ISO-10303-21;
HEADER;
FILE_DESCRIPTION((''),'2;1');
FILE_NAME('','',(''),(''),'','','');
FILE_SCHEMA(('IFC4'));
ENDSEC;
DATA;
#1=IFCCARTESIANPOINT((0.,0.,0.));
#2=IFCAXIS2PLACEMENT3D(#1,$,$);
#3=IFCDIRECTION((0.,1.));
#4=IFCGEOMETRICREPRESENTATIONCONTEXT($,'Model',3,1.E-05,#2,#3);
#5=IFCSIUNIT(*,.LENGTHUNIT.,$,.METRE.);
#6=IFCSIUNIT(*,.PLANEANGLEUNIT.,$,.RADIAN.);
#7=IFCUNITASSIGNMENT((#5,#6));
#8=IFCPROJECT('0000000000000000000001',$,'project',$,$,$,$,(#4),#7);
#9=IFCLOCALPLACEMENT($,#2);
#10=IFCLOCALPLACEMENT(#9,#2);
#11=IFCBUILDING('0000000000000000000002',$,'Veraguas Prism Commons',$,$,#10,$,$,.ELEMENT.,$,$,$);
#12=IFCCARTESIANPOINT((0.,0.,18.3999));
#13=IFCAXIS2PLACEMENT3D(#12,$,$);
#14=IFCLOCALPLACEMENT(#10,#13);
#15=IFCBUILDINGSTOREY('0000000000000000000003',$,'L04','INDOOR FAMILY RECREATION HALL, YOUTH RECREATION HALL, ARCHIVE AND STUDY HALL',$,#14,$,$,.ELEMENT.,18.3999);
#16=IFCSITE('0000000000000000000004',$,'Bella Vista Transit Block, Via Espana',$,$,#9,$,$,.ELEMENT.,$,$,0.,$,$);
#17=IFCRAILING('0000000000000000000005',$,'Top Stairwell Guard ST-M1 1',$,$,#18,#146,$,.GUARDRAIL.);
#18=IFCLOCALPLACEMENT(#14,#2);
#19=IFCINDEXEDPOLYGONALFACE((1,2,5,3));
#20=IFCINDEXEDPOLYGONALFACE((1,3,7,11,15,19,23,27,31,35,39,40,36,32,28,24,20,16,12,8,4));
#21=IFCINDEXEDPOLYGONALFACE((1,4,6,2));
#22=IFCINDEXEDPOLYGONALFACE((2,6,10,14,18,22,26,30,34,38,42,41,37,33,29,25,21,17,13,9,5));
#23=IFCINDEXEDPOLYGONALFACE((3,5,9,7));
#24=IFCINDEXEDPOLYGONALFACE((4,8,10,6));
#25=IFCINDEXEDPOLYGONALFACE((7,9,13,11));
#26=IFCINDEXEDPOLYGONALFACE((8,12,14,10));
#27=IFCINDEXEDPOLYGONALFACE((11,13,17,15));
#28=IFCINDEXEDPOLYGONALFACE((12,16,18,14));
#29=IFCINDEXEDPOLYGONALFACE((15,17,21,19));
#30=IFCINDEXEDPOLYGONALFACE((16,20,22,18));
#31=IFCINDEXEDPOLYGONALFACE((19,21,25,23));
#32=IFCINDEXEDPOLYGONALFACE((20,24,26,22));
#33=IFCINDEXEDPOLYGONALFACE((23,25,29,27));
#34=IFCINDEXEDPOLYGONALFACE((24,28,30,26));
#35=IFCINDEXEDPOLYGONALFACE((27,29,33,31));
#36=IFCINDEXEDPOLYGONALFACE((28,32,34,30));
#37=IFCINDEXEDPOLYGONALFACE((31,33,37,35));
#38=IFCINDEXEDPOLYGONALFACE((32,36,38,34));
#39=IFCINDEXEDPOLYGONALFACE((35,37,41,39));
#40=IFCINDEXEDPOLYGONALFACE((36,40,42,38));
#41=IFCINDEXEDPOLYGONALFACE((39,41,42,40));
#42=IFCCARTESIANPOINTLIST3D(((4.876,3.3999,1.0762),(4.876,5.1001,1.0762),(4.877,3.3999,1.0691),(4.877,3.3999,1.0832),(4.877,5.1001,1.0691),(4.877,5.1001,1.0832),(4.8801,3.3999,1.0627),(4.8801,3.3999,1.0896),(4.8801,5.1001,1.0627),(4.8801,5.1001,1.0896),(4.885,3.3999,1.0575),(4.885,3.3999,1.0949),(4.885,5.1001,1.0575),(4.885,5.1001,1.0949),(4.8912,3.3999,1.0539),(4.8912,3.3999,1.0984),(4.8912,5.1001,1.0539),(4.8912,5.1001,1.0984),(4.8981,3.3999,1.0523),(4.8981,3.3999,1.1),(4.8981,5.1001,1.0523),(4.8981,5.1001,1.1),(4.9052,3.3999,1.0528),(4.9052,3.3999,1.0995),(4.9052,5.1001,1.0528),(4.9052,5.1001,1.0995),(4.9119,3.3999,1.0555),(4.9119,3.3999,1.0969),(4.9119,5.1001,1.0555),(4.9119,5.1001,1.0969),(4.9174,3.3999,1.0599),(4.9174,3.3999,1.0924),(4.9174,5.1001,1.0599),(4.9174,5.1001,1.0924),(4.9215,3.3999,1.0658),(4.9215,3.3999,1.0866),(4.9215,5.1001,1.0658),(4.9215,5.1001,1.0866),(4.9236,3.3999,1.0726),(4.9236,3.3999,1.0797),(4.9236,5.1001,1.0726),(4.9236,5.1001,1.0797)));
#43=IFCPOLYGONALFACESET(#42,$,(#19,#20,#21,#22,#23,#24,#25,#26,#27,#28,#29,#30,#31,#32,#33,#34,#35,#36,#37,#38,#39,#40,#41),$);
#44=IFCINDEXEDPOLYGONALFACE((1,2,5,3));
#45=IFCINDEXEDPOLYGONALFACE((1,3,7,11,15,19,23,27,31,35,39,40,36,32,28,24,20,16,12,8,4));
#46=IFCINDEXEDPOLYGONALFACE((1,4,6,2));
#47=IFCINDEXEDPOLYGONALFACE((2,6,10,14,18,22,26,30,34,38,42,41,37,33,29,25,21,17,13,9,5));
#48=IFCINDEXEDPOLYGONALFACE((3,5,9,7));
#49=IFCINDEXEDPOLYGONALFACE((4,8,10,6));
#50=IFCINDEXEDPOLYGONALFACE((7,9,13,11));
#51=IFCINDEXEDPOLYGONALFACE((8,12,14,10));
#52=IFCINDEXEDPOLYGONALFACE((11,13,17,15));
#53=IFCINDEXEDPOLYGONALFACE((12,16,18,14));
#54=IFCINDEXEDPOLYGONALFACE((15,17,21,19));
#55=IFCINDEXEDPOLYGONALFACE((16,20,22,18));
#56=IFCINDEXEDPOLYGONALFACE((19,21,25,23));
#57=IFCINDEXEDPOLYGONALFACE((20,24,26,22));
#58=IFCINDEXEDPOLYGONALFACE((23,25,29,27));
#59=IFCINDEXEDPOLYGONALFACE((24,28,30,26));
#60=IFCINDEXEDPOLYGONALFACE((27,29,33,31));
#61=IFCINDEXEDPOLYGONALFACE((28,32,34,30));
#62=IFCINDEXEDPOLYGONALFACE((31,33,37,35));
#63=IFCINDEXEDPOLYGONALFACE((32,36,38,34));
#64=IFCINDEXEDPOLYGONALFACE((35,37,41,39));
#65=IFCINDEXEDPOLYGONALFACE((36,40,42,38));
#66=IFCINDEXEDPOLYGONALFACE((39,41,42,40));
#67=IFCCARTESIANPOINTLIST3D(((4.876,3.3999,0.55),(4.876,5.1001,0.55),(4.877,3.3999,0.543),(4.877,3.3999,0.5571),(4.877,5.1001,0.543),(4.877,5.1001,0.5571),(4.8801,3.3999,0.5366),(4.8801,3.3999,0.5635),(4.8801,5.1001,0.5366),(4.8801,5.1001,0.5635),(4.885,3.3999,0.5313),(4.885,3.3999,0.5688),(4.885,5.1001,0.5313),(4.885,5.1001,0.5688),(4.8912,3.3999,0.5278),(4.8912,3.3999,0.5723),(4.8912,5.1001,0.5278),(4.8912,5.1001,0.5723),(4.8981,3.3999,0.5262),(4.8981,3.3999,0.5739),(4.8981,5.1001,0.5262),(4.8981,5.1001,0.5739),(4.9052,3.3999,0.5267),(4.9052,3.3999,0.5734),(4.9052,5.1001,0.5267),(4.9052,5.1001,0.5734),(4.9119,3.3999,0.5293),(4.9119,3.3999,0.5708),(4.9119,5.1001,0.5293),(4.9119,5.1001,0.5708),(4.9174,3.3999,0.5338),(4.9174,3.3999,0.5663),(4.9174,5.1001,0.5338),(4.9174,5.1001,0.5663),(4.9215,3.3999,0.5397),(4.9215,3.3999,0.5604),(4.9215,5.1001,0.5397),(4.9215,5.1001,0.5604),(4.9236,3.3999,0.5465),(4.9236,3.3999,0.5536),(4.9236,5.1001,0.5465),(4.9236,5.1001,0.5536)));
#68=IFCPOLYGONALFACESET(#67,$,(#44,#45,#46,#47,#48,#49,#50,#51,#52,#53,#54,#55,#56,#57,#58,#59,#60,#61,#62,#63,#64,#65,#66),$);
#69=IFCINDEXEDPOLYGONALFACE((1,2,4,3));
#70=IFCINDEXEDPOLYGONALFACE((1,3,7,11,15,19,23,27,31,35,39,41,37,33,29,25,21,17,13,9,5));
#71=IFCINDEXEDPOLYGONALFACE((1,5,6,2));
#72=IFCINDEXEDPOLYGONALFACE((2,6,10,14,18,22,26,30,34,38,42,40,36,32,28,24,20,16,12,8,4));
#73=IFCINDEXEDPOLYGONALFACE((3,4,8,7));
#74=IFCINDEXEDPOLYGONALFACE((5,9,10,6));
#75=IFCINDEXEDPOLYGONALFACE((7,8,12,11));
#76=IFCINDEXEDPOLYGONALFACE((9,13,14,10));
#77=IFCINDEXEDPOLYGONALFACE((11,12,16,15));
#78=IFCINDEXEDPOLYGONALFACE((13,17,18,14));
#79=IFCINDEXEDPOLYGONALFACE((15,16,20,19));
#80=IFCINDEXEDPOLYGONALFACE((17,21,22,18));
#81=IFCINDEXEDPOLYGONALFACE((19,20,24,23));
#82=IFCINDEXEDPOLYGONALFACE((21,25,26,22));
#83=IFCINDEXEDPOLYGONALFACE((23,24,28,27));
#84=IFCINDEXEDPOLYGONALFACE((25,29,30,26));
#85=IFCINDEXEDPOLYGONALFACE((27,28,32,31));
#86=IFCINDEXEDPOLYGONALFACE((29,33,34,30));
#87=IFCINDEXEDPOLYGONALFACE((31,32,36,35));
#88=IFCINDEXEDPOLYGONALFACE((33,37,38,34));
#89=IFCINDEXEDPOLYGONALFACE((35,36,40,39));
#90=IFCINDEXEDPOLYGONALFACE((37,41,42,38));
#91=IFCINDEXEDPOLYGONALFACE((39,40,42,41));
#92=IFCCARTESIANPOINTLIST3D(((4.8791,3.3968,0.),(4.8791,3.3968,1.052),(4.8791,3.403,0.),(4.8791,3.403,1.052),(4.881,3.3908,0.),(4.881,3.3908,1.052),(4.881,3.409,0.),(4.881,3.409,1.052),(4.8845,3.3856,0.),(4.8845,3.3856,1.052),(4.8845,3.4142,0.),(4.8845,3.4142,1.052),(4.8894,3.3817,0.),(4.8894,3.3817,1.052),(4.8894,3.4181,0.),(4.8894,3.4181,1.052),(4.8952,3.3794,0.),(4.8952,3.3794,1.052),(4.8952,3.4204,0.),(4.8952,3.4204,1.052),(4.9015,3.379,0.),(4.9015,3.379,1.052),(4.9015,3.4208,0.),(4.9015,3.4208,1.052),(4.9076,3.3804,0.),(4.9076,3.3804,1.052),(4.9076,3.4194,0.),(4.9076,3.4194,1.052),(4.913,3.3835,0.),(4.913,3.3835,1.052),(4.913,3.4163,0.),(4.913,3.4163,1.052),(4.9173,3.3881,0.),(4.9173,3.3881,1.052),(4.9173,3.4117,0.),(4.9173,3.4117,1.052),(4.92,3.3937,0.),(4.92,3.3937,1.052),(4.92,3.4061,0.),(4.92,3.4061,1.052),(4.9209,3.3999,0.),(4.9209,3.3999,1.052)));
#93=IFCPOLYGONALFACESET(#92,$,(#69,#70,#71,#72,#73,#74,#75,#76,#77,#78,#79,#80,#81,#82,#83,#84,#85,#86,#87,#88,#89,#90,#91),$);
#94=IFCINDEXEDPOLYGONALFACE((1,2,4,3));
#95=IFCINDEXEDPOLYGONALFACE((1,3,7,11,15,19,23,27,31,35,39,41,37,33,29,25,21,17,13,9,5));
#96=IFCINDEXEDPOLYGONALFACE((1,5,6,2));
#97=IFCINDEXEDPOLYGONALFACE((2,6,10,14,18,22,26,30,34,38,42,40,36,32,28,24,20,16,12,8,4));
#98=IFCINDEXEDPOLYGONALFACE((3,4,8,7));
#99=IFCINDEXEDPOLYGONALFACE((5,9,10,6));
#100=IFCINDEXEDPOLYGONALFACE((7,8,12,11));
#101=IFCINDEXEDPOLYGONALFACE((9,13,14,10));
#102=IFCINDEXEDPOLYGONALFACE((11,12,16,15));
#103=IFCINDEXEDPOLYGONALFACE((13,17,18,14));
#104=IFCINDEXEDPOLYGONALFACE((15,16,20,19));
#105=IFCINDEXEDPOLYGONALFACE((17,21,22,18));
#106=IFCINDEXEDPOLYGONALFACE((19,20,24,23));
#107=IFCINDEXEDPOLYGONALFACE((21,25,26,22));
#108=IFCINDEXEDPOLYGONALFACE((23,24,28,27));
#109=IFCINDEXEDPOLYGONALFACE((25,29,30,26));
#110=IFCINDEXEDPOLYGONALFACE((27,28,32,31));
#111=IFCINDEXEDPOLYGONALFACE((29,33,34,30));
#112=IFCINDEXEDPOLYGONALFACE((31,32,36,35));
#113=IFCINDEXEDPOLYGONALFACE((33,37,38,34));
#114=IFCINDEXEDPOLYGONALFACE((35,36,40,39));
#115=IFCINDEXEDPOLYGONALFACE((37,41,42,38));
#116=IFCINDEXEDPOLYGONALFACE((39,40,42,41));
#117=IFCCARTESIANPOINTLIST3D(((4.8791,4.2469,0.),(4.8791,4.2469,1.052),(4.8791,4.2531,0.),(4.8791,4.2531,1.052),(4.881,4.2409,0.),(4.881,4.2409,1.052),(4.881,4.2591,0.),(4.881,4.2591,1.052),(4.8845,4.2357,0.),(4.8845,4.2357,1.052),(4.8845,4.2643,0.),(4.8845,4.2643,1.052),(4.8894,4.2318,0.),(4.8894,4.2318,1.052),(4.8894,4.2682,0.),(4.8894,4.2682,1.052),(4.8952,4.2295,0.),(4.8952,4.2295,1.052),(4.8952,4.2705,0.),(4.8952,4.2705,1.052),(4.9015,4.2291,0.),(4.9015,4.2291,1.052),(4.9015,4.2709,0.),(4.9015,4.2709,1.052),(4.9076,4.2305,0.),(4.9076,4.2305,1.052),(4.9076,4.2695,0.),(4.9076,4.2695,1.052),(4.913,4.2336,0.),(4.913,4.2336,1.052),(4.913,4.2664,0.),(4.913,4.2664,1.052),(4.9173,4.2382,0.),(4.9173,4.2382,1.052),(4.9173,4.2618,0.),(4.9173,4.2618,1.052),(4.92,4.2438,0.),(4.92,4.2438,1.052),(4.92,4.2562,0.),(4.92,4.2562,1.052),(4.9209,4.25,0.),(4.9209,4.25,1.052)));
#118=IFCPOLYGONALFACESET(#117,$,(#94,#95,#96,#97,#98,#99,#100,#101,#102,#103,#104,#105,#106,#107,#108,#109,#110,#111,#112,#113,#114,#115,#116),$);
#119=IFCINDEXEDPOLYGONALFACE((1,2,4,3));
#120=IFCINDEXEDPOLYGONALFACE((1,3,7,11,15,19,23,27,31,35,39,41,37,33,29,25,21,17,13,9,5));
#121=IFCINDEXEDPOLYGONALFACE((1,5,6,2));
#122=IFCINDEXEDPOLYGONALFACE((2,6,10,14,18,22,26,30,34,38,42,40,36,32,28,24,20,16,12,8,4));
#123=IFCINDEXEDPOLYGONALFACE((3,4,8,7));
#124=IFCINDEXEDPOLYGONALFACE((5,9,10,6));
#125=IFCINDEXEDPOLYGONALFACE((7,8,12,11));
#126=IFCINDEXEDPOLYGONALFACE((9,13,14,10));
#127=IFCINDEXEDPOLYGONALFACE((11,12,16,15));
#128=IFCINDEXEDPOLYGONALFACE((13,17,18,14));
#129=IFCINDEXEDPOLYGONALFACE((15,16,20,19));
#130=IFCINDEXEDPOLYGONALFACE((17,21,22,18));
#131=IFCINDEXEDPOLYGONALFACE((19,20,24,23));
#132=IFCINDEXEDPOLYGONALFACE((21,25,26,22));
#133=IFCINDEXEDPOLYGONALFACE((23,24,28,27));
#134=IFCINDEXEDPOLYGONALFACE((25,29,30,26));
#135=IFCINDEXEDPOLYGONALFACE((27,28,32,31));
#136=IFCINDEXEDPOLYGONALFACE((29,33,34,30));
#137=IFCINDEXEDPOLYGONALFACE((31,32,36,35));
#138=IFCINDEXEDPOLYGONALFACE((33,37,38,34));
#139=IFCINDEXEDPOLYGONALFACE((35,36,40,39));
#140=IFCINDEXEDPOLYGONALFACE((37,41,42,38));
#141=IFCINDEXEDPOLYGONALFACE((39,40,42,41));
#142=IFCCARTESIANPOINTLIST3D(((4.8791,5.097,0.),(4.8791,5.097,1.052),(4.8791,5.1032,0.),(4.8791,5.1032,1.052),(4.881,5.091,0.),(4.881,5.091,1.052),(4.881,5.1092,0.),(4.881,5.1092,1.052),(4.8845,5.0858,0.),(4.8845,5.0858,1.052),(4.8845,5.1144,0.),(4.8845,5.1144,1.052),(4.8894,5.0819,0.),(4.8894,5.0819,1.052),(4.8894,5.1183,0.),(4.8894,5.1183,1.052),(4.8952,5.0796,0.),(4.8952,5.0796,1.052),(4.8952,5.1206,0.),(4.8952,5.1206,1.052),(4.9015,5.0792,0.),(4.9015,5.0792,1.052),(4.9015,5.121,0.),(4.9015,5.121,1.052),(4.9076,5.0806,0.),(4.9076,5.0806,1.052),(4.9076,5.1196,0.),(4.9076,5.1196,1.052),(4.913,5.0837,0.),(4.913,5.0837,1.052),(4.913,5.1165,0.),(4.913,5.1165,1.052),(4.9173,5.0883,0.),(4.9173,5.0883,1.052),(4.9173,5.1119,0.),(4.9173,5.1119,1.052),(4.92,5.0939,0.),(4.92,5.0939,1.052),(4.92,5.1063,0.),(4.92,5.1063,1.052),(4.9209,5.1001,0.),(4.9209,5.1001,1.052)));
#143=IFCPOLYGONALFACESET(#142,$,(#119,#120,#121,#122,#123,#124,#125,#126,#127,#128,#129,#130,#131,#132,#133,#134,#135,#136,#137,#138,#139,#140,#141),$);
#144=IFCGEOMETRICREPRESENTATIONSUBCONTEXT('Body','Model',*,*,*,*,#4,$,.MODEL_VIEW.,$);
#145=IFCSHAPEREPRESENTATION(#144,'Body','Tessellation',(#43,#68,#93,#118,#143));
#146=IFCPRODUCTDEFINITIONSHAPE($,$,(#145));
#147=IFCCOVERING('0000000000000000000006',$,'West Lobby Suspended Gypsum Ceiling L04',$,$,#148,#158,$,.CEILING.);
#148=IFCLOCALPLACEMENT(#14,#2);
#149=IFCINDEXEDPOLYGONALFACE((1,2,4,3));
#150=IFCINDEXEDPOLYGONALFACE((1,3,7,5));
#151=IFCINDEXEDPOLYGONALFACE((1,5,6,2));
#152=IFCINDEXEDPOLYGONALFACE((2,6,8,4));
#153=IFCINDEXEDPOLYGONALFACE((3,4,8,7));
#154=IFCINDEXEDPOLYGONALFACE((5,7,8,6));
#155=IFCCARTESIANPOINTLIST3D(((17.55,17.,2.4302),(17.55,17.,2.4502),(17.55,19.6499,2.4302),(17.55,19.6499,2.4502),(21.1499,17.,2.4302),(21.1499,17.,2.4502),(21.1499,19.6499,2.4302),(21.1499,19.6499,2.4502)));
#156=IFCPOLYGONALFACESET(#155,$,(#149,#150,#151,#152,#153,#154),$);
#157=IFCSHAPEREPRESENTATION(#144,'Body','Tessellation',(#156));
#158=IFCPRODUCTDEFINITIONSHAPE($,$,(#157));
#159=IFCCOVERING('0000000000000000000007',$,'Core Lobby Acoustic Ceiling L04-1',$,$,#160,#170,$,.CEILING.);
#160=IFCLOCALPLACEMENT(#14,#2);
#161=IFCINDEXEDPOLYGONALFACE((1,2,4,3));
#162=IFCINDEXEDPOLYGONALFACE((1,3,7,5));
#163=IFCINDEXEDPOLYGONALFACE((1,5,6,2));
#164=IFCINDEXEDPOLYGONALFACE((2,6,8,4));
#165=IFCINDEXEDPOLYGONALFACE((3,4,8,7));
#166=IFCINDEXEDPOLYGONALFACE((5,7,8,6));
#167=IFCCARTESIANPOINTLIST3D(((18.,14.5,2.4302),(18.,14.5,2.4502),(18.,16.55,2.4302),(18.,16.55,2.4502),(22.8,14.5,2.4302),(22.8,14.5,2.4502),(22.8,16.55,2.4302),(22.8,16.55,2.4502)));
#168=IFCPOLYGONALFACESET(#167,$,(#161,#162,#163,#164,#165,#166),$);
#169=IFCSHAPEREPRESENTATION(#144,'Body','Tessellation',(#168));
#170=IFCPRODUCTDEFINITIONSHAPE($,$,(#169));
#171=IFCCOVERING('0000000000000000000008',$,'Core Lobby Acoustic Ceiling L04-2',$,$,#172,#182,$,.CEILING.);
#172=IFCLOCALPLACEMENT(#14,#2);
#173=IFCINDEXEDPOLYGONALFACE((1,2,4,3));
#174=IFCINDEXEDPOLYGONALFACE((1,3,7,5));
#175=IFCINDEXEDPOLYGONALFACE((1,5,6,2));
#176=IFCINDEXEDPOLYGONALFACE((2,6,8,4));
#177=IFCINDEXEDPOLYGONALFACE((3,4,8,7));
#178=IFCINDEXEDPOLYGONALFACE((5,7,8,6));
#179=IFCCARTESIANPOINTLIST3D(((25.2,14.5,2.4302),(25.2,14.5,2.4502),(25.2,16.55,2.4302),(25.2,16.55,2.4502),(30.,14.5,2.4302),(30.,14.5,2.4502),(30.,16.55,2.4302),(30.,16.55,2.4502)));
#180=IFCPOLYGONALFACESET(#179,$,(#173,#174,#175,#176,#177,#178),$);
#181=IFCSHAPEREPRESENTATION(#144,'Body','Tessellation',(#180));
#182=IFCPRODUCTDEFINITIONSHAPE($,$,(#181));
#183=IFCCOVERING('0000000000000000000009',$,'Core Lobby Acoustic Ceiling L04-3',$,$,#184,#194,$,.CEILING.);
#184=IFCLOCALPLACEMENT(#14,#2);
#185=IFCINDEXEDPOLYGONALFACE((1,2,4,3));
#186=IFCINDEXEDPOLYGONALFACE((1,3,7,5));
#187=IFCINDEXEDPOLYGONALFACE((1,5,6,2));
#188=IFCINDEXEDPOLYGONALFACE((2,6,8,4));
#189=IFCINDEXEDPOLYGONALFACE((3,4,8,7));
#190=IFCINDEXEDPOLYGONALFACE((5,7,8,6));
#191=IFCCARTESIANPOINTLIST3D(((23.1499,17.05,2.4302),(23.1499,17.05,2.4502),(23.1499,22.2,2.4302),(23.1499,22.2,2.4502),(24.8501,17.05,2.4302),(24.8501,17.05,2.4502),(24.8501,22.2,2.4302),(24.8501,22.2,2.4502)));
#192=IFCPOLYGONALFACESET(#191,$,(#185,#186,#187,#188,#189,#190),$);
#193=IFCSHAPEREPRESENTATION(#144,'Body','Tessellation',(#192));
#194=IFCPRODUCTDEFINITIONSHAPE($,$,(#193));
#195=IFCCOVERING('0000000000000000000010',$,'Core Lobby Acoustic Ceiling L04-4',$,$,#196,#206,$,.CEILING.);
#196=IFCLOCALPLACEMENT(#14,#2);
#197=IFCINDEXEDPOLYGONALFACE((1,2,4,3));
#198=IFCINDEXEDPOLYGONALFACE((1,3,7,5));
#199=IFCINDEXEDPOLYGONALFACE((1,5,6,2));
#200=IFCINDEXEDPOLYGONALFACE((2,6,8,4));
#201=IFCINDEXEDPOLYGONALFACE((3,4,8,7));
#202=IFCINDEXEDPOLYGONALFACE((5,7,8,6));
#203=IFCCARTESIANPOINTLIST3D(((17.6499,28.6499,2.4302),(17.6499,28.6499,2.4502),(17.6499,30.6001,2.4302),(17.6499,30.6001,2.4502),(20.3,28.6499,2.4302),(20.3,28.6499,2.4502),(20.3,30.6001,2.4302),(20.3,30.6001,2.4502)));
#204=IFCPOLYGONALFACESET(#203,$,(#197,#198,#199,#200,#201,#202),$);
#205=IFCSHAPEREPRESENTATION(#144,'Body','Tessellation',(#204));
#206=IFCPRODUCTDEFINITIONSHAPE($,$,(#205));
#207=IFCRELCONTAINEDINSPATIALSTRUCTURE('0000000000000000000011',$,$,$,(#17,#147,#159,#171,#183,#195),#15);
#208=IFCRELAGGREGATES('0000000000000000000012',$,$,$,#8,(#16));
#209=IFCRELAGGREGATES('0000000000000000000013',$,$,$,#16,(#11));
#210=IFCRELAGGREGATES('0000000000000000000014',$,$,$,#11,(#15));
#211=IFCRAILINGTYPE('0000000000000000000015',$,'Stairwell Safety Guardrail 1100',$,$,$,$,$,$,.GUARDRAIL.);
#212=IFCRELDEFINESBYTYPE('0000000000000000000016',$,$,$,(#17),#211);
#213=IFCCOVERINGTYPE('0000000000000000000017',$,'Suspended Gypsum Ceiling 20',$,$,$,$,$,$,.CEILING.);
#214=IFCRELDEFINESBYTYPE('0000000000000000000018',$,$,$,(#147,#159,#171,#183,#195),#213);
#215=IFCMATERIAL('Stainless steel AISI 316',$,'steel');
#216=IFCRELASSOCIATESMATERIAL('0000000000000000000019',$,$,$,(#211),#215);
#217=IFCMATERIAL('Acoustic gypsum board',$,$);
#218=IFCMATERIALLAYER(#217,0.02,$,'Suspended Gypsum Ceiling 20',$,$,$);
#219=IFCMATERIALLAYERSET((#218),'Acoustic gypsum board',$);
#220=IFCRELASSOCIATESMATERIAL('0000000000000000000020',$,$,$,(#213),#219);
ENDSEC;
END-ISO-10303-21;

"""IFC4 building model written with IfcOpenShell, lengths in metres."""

from ifc_helpers import new_model, si_unit, direction, frame, origin, origin_2d, place, context, subcontext, project, spatial, polyline, circle, outline, extrude, material, layer, layer_set, type_object, element, save


model = new_model("IFC4")

# Units and contexts
model_context = context("Model", 3, precision=1e-05, world=origin(), true_north=direction((0.0, 1.0)))
body_context = subcontext(model_context, "Body", "Model", "MODEL_VIEW")
ifc_project = project(units=[si_unit("LENGTHUNIT", "METRE"), si_unit("PLANEANGLEUNIT", "RADIAN")], contexts=[model_context])

# Site, building, storey
site_placement = place(None, origin())
site = spatial("IfcSite", under=ifc_project, at=site_placement, Name="Bella Vista Transit Block, Via Espana", CompositionType="ELEMENT", RefElevation=0.0)
building_placement = place(site_placement, origin())
building = spatial("IfcBuilding", under=site, at=building_placement, Name="Veraguas Prism Commons", CompositionType="ELEMENT")
storey_placement = place(building_placement, frame((0.0, 0.0, 18.3999)))
storey = spatial("IfcBuildingStorey", under=building, at=storey_placement, Name="L04", Description="INDOOR FAMILY RECREATION HALL, YOUTH RECREATION HALL, ARCHIVE AND STUDY HALL", CompositionType="ELEMENT", Elevation=18.3999)

# Shared definitions
ifc_material_1 = material(Name="Acoustic gypsum board")

# Railing
ifc_material_2 = material(Name="Stainless steel AISI 316", Category="steel")
railing_type = type_object("IfcRailingType", Name="Stairwell Safety Guardrail 1100", PredefinedType="GUARDRAIL", material=ifc_material_2)
railing_placement = place(storey_placement, frame((4.8999, 3.3999, 0.0)))
element("IfcRailing", 1, at=railing_placement, inside=storey, type_object=railing_type, Name="Top Stairwell Guard ST-M1 1", PredefinedType="GUARDRAIL", context=body_context, shape_type="SweptSolid", body=[
    extrude(circle(Radius=0.0239, at=origin_2d()), frame((0.0, 0.0, 1.0762), z_axis=(0.0, 1.0, 0.0), x_axis=(-1.0, 0.0, 0.0)), (0.0, 0.0, 1.0), 1.7002),
    extrude(circle(Radius=0.0239, at=origin_2d()), frame((0.0, 0.0, 0.55), z_axis=(0.0, 1.0, 0.0), x_axis=(-1.0, 0.0, 0.0)), (0.0, 0.0, 1.0), 1.7002),
    extrude(circle(Radius=0.021, at=origin_2d()), origin(), (0.0, 0.0, 1.0), 1.052),
    extrude(circle(Radius=0.021, at=origin_2d()), frame((0.0, 0.8501, 0.0)), (0.0, 0.0, 1.0), 1.052),
    extrude(circle(Radius=0.021, at=origin_2d()), frame((0.0, 1.7002, 0.0)), (0.0, 0.0, 1.0), 1.052),
])

# Coverings
ifc_layer_1 = layer(ifc_material_1, 0.02, Name="Suspended Gypsum Ceiling 20")
ifc_layer_set_1 = layer_set([ifc_layer_1], Name="Acoustic gypsum board")
covering_type_1 = type_object("IfcCoveringType", Name="Suspended Gypsum Ceiling 20", PredefinedType="CEILING", material=ifc_layer_set_1)
covering_1_placement = place(storey_placement, frame((0.0, 0.0, 2.4302)))
element("IfcCovering", 2, at=covering_1_placement, inside=storey, type_object=covering_type_1, Name="West Lobby Suspended Gypsum Ceiling L04", PredefinedType="CEILING", context=body_context, shape_type="SweptSolid", body=[
    extrude(outline(polyline([(17.55, 17.0), (21.1499, 17.0), (21.1499, 19.6499), (17.55, 19.6499), (17.55, 17.0)])), origin(), (0.0, 0.0, 1.0), 0.02),
])
covering_2_placement = place(storey_placement, frame((0.0, 0.0, 2.4302)))
element("IfcCovering", 3, at=covering_2_placement, inside=storey, type_object=covering_type_1, Name="Core Lobby Acoustic Ceiling L04-1", PredefinedType="CEILING", context=body_context, shape_type="SweptSolid", body=[
    extrude(outline(polyline([(18.0, 14.5), (22.8, 14.5), (22.8, 16.55), (18.0, 16.55), (18.0, 14.5)])), origin(), (0.0, 0.0, 1.0), 0.02),
])
covering_3_placement = place(storey_placement, frame((0.0, 0.0, 2.4302)))
element("IfcCovering", 4, at=covering_3_placement, inside=storey, type_object=covering_type_1, Name="Core Lobby Acoustic Ceiling L04-2", PredefinedType="CEILING", context=body_context, shape_type="SweptSolid", body=[
    extrude(outline(polyline([(25.2, 14.5), (30.0, 14.5), (30.0, 16.55), (25.2, 16.55), (25.2, 14.5)])), origin(), (0.0, 0.0, 1.0), 0.02),
])
covering_4_placement = place(storey_placement, frame((0.0, 0.0, 2.4302)))
element("IfcCovering", 5, at=covering_4_placement, inside=storey, type_object=covering_type_1, Name="Core Lobby Acoustic Ceiling L04-3", PredefinedType="CEILING", context=body_context, shape_type="SweptSolid", body=[
    extrude(outline(polyline([(23.1499, 17.05), (24.8501, 17.05), (24.8501, 22.2), (23.1499, 22.2), (23.1499, 17.05)])), origin(), (0.0, 0.0, 1.0), 0.02),
])
covering_5_placement = place(storey_placement, frame((0.0, 0.0, 2.4302)))
element("IfcCovering", 6, at=covering_5_placement, inside=storey, type_object=covering_type_1, Name="Core Lobby Acoustic Ceiling L04-4", PredefinedType="CEILING", context=body_context, shape_type="SweptSolid", body=[
    extrude(outline(polyline([(17.6499, 28.6499), (20.3, 28.6499), (20.3, 30.6001), (17.6499, 30.6001), (17.6499, 28.6499)])), origin(), (0.0, 0.0, 1.0), 0.02),
])

save(model, "model.ifc")
